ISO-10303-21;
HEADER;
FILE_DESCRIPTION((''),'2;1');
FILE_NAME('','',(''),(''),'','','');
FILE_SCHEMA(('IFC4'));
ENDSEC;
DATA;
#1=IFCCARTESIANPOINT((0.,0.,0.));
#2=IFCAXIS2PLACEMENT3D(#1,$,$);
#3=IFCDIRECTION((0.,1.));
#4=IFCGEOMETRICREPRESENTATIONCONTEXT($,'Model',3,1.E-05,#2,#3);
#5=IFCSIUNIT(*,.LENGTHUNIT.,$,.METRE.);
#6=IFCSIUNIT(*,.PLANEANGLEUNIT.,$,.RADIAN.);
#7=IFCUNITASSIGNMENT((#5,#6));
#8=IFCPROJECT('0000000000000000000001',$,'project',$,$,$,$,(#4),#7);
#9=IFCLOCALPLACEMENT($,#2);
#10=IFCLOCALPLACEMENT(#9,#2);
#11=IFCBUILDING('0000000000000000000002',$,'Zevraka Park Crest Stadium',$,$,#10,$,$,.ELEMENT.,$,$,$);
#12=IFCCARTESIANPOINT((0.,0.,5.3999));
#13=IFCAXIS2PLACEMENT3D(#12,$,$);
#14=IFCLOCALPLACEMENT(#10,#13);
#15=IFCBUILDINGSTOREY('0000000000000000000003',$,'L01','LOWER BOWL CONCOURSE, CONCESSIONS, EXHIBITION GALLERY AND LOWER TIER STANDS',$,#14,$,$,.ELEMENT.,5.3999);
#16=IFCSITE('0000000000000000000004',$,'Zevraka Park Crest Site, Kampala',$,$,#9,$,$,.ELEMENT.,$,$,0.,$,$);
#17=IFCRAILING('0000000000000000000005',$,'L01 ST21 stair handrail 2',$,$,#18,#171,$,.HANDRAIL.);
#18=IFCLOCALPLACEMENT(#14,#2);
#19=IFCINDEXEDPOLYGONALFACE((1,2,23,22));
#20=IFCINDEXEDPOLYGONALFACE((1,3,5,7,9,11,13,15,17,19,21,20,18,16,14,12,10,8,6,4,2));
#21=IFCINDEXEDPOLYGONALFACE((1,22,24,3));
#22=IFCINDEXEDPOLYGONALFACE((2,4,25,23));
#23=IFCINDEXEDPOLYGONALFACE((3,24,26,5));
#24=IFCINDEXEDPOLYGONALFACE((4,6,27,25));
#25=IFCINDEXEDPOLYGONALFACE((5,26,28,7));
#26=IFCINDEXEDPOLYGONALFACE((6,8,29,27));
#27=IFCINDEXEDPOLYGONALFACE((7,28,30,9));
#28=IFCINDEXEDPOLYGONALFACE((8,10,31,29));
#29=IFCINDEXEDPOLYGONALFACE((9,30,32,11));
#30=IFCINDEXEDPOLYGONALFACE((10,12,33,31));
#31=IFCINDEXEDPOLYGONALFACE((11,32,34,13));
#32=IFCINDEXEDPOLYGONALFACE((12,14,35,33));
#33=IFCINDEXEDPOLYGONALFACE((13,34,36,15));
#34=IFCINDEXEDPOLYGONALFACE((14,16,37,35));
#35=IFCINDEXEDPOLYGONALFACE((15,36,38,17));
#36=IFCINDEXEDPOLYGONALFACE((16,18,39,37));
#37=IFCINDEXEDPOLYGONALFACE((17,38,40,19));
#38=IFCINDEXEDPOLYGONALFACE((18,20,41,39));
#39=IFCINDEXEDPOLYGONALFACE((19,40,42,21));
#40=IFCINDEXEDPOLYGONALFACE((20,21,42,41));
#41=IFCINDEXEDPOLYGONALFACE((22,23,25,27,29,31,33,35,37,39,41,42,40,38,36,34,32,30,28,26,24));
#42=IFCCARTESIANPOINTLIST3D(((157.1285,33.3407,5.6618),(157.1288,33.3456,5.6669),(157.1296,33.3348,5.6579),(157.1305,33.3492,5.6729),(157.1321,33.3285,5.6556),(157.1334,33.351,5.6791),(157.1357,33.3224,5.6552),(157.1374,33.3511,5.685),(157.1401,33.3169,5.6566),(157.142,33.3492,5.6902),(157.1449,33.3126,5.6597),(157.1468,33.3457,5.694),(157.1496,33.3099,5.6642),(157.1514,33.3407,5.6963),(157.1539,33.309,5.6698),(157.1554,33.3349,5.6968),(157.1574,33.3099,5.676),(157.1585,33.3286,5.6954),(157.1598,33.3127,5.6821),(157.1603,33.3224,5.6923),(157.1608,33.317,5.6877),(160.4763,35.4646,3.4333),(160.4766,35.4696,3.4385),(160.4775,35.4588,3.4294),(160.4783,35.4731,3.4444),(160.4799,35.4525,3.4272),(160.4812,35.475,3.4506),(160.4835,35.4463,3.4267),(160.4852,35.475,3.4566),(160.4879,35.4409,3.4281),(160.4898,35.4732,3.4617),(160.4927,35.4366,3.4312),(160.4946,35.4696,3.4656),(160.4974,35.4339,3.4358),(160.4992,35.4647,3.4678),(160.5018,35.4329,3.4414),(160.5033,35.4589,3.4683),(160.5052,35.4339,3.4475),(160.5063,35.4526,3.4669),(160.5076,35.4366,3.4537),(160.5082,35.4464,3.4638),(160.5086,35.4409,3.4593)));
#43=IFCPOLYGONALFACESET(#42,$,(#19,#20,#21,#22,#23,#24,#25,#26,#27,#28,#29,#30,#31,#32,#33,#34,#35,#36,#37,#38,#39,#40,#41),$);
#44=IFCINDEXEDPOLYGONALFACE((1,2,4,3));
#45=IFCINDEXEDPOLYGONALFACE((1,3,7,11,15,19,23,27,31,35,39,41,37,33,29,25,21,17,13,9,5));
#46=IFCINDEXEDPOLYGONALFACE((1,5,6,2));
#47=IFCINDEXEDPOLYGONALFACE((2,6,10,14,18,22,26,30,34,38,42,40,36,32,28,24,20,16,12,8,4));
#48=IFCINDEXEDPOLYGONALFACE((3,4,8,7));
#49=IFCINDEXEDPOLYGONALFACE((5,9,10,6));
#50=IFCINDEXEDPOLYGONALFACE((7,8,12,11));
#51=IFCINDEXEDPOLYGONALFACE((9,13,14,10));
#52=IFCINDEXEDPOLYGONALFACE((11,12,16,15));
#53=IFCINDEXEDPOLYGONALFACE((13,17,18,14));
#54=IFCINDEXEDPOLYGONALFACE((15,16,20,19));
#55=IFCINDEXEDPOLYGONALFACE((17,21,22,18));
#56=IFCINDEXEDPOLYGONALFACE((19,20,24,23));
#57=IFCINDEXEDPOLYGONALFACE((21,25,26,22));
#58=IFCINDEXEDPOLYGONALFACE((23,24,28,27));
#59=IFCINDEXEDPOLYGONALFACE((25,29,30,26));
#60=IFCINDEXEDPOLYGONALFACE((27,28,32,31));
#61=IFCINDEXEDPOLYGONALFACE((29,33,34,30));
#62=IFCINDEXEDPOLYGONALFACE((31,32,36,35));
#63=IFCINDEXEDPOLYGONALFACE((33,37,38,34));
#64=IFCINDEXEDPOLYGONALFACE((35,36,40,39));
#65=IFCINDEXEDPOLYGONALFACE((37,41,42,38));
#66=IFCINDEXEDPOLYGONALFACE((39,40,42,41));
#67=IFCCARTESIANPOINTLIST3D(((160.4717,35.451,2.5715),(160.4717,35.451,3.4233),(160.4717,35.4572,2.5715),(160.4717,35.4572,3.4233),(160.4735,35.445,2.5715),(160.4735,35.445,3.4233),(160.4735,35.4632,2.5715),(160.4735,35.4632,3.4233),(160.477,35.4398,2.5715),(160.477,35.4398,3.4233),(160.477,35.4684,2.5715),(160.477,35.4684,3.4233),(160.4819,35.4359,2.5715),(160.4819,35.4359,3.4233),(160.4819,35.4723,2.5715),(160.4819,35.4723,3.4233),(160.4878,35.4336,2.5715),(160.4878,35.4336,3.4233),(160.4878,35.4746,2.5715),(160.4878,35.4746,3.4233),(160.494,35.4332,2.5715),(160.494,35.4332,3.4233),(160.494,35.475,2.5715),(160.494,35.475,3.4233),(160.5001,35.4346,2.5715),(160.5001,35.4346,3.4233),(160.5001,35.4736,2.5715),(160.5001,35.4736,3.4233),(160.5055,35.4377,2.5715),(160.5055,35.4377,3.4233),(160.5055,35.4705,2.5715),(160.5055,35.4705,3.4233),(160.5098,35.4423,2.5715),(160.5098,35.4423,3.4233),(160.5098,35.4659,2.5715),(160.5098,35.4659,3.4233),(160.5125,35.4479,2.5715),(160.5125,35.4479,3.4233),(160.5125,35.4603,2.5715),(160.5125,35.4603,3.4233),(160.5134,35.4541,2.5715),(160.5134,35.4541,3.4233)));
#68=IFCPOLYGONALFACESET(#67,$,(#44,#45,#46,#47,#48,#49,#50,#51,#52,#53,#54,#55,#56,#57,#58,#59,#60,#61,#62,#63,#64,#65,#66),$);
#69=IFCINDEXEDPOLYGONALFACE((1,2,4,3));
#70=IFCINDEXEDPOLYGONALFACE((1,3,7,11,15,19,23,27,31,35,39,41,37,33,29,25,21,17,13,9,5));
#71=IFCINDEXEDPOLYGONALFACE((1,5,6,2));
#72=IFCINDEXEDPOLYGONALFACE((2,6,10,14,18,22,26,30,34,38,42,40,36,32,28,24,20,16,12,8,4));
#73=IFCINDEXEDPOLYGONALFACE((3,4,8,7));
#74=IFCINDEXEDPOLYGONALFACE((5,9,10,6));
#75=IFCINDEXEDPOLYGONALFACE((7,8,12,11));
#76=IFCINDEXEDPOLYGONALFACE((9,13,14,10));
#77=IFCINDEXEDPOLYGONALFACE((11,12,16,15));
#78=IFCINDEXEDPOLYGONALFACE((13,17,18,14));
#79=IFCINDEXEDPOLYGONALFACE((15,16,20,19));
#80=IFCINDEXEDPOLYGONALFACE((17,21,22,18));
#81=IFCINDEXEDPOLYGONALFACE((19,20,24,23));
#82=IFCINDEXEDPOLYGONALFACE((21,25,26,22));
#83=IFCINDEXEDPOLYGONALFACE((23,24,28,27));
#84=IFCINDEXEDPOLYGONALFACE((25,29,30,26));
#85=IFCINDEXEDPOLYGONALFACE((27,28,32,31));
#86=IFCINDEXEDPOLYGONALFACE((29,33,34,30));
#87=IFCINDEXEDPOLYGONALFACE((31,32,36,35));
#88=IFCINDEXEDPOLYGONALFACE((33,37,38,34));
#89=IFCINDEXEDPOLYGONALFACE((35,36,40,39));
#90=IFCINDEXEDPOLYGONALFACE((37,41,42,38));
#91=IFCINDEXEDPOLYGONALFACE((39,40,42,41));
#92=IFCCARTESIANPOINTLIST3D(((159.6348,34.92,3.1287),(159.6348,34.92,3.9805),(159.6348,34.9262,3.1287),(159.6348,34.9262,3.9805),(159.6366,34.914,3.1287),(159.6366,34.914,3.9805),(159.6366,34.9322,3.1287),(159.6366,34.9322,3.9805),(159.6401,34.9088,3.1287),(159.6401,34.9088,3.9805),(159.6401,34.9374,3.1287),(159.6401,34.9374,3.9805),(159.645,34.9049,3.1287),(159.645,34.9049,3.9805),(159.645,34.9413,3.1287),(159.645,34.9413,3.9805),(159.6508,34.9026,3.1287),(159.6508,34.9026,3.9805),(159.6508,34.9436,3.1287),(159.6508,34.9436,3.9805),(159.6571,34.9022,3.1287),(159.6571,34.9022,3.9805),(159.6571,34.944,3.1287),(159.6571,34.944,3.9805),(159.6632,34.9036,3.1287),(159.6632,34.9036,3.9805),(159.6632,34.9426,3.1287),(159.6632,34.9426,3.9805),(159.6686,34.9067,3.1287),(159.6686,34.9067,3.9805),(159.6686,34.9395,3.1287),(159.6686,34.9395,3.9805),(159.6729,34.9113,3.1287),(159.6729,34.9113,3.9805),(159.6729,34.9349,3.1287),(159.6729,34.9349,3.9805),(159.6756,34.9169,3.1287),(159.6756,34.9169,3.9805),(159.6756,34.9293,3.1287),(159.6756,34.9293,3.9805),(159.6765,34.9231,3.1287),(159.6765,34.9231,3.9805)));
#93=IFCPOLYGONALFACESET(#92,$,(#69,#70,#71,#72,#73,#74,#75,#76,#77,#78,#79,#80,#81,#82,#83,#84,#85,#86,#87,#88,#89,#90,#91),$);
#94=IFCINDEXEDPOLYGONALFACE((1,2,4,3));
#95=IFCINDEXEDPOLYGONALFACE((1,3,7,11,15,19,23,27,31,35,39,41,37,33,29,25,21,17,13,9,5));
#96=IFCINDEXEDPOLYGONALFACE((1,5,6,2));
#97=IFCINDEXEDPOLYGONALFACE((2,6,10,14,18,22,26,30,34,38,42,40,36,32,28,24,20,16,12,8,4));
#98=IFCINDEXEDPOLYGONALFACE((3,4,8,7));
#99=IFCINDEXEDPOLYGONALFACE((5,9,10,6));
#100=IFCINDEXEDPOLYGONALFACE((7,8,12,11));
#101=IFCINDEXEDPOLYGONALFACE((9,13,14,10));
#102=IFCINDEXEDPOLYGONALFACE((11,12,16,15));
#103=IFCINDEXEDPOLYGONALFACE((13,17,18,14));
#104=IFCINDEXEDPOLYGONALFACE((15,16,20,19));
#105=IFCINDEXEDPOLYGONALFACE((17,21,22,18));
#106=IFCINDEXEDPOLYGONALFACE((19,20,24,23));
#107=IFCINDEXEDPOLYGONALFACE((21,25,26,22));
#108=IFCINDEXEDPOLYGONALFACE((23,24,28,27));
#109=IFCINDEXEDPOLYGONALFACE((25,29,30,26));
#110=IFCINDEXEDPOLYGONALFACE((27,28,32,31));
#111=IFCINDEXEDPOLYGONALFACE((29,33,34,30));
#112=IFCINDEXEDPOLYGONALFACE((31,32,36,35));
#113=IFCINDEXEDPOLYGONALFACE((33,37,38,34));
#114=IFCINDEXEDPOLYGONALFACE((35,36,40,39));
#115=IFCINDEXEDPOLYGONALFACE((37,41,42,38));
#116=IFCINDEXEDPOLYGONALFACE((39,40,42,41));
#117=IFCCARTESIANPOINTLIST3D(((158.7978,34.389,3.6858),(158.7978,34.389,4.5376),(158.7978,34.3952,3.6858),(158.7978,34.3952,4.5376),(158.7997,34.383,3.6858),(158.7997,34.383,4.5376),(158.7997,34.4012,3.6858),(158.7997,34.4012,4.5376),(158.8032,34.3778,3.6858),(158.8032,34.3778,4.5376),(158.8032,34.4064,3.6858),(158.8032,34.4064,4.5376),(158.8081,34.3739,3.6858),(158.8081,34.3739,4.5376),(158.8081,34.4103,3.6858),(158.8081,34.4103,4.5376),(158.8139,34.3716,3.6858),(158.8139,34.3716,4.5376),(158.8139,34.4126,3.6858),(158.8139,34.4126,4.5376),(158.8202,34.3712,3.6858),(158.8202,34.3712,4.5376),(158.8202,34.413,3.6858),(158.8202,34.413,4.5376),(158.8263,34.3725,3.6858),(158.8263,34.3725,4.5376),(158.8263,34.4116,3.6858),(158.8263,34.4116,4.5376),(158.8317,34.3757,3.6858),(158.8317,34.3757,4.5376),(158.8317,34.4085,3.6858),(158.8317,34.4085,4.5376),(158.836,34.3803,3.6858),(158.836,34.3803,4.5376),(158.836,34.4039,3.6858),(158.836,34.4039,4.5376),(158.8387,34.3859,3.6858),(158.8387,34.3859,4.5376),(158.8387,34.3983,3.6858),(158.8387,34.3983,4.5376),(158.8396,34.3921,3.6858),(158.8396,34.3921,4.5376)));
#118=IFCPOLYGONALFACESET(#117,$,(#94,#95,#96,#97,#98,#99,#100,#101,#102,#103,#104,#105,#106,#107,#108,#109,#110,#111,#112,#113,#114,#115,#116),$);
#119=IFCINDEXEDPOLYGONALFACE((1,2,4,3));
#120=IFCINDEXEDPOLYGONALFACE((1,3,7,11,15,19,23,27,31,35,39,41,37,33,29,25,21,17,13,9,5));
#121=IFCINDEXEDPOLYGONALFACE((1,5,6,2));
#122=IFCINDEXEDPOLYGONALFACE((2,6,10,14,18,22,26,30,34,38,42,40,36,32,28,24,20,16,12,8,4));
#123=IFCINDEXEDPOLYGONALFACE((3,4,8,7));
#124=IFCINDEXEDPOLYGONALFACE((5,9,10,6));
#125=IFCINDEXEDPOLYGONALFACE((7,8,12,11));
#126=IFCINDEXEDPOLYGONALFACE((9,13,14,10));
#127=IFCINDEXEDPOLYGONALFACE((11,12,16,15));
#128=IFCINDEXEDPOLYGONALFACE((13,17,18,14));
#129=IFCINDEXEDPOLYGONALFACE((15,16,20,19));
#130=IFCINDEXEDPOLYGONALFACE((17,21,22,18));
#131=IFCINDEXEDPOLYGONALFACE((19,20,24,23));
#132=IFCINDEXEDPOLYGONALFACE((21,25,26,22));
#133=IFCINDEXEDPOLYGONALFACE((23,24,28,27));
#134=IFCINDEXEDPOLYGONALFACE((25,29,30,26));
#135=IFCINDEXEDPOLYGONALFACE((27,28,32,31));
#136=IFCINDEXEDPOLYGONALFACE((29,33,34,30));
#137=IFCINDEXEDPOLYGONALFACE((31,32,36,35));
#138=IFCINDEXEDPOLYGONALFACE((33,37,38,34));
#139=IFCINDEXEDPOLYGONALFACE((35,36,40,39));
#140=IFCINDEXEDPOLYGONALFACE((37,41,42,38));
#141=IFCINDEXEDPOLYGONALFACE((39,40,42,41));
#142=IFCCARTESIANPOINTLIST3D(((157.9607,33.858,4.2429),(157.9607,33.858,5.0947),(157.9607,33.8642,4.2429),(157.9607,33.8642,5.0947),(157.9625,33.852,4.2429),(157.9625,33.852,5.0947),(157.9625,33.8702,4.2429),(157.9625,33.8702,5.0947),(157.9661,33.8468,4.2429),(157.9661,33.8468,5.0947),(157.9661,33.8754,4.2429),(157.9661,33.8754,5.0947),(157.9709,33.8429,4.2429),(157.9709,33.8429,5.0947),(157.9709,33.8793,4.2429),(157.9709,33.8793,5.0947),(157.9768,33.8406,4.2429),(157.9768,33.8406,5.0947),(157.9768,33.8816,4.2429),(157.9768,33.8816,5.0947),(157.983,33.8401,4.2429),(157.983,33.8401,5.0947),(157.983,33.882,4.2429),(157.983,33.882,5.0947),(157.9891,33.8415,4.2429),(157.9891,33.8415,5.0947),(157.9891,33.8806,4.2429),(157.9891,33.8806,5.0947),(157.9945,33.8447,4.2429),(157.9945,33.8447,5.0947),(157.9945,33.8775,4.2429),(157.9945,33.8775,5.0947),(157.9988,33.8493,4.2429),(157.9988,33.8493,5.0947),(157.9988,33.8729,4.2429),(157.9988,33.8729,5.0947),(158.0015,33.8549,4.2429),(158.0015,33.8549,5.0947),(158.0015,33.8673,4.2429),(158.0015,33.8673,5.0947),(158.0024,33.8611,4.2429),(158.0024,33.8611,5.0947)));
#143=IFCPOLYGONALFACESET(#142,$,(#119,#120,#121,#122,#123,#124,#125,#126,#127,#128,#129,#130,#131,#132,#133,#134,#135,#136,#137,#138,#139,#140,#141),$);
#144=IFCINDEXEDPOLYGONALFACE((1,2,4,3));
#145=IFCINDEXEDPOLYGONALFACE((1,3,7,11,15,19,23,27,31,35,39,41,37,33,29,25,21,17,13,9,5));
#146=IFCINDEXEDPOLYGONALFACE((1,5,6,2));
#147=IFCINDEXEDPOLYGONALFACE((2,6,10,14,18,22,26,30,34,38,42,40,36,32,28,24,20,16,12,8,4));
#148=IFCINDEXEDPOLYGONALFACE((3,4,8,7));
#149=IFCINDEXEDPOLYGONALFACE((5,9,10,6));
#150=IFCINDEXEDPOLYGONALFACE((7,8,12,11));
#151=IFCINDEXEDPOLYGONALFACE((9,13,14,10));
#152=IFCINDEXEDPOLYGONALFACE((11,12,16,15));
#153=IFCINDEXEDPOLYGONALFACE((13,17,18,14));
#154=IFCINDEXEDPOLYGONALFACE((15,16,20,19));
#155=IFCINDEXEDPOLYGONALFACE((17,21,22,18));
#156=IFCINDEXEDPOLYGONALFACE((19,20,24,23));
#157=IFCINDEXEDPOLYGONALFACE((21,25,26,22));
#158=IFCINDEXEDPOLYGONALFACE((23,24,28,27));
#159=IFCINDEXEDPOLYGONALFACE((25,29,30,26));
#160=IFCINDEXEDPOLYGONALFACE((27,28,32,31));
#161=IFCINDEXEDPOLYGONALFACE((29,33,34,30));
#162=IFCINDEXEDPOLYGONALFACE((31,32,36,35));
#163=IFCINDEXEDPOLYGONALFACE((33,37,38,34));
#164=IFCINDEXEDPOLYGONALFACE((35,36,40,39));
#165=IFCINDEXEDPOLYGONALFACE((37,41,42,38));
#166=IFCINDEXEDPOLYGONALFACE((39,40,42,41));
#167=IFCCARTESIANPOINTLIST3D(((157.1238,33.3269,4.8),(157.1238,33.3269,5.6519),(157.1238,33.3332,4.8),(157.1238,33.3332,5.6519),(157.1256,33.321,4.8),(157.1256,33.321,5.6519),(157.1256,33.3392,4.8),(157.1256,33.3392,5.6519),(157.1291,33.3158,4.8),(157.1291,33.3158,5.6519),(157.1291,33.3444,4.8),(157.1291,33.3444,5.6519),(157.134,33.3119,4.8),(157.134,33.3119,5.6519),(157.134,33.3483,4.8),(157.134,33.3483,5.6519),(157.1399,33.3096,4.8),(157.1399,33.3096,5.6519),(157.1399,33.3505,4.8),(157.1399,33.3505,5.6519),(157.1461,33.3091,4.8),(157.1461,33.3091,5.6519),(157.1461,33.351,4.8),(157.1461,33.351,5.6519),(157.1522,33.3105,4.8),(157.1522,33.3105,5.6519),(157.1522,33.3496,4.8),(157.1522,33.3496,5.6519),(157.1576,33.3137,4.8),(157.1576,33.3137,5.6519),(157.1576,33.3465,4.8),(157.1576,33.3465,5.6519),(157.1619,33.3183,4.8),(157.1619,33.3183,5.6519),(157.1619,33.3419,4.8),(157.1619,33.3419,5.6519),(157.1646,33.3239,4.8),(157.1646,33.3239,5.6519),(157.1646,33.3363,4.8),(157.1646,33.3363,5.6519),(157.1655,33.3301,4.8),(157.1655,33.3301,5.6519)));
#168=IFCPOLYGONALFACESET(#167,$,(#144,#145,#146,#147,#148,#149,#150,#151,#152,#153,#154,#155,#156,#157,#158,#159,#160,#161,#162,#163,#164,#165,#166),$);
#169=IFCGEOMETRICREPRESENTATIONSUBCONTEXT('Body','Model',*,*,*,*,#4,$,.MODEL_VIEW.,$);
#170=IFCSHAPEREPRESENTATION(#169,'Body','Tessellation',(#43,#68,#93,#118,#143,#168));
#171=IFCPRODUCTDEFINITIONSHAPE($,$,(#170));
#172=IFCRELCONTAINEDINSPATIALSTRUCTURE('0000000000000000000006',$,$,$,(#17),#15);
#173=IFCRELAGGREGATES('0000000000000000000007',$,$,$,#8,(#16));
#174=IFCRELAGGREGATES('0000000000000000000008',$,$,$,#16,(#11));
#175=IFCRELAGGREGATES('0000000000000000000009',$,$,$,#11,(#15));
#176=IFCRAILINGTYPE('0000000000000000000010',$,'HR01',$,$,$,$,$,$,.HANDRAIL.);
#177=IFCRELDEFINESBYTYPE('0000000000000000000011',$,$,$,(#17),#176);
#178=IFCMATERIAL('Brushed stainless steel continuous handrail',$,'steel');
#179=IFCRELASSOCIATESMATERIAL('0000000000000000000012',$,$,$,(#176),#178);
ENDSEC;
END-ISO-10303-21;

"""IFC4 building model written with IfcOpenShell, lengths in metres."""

from ifc_helpers import new_model, si_unit, direction, frame, origin, origin_2d, place, context, subcontext, project, spatial, circle, extrude, material, type_object, element, save


model = new_model("IFC4")

# Units and contexts
model_context = context("Model", 3, precision=1e-05, world=origin(), true_north=direction((0.0, 1.0)))
body_context = subcontext(model_context, "Body", "Model", "MODEL_VIEW")
ifc_project = project(units=[si_unit("LENGTHUNIT", "METRE"), si_unit("PLANEANGLEUNIT", "RADIAN")], contexts=[model_context])

# Site, building, storey
site_placement = place(None, origin())
site = spatial("IfcSite", under=ifc_project, at=site_placement, Name="Zevraka Park Crest Site, Kampala", CompositionType="ELEMENT", RefElevation=0.0)
building_placement = place(site_placement, origin())
building = spatial("IfcBuilding", under=site, at=building_placement, Name="Zevraka Park Crest Stadium", CompositionType="ELEMENT")
storey_placement = place(building_placement, frame((0.0, 0.0, 5.3999)))
storey = spatial("IfcBuildingStorey", under=building, at=storey_placement, Name="L01", Description="LOWER BOWL CONCOURSE, CONCESSIONS, EXHIBITION GALLERY AND LOWER TIER STANDS", CompositionType="ELEMENT", Elevation=5.3999)

# Railing
ifc_material_1 = material(Name="Brushed stainless steel continuous handrail", Category="steel")
railing_type_1 = type_object("IfcRailingType", Name="HR01", PredefinedType="HANDRAIL", material=ifc_material_1)
railing_1_placement = place(storey_placement, frame((160.4924, 35.4541, 2.5715)))
element("IfcRailing", 1, at=railing_1_placement, inside=storey, type_object=railing_type_1, Name="L01 ST21 stair handrail 2", PredefinedType="HANDRAIL", context=body_context, shape_type="SweptSolid", body=[
    extrude(circle(Radius=0.0239, at=origin_2d()), frame((0.0, 0.0, 0.876), z_axis=(-0.736092, -0.467002, 0.489977), x_axis=(0.535716, -0.844399, 0.0)), (0.0, 0.0, 1.0), 4.5481),
    extrude(circle(Radius=0.021, at=origin_2d()), origin(), (0.0, 0.0, 1.0), 0.8518),
    extrude(circle(Radius=0.021, at=origin_2d()), frame((-0.8369, -0.531, 0.5571)), (0.0, 0.0, 1.0), 0.8518),
    extrude(circle(Radius=0.021, at=origin_2d()), frame((-1.6738, -1.062, 1.1143)), (0.0, 0.0, 1.0), 0.8518),
    extrude(circle(Radius=0.021, at=origin_2d()), frame((-2.511, -1.593, 1.6714)), (0.0, 0.0, 1.0), 0.8518),
    extrude(circle(Radius=0.021, at=origin_2d()), frame((-3.3479, -2.124, 2.2285)), (0.0, 0.0, 1.0), 0.8518),
])

save(model, "model.ifc")
